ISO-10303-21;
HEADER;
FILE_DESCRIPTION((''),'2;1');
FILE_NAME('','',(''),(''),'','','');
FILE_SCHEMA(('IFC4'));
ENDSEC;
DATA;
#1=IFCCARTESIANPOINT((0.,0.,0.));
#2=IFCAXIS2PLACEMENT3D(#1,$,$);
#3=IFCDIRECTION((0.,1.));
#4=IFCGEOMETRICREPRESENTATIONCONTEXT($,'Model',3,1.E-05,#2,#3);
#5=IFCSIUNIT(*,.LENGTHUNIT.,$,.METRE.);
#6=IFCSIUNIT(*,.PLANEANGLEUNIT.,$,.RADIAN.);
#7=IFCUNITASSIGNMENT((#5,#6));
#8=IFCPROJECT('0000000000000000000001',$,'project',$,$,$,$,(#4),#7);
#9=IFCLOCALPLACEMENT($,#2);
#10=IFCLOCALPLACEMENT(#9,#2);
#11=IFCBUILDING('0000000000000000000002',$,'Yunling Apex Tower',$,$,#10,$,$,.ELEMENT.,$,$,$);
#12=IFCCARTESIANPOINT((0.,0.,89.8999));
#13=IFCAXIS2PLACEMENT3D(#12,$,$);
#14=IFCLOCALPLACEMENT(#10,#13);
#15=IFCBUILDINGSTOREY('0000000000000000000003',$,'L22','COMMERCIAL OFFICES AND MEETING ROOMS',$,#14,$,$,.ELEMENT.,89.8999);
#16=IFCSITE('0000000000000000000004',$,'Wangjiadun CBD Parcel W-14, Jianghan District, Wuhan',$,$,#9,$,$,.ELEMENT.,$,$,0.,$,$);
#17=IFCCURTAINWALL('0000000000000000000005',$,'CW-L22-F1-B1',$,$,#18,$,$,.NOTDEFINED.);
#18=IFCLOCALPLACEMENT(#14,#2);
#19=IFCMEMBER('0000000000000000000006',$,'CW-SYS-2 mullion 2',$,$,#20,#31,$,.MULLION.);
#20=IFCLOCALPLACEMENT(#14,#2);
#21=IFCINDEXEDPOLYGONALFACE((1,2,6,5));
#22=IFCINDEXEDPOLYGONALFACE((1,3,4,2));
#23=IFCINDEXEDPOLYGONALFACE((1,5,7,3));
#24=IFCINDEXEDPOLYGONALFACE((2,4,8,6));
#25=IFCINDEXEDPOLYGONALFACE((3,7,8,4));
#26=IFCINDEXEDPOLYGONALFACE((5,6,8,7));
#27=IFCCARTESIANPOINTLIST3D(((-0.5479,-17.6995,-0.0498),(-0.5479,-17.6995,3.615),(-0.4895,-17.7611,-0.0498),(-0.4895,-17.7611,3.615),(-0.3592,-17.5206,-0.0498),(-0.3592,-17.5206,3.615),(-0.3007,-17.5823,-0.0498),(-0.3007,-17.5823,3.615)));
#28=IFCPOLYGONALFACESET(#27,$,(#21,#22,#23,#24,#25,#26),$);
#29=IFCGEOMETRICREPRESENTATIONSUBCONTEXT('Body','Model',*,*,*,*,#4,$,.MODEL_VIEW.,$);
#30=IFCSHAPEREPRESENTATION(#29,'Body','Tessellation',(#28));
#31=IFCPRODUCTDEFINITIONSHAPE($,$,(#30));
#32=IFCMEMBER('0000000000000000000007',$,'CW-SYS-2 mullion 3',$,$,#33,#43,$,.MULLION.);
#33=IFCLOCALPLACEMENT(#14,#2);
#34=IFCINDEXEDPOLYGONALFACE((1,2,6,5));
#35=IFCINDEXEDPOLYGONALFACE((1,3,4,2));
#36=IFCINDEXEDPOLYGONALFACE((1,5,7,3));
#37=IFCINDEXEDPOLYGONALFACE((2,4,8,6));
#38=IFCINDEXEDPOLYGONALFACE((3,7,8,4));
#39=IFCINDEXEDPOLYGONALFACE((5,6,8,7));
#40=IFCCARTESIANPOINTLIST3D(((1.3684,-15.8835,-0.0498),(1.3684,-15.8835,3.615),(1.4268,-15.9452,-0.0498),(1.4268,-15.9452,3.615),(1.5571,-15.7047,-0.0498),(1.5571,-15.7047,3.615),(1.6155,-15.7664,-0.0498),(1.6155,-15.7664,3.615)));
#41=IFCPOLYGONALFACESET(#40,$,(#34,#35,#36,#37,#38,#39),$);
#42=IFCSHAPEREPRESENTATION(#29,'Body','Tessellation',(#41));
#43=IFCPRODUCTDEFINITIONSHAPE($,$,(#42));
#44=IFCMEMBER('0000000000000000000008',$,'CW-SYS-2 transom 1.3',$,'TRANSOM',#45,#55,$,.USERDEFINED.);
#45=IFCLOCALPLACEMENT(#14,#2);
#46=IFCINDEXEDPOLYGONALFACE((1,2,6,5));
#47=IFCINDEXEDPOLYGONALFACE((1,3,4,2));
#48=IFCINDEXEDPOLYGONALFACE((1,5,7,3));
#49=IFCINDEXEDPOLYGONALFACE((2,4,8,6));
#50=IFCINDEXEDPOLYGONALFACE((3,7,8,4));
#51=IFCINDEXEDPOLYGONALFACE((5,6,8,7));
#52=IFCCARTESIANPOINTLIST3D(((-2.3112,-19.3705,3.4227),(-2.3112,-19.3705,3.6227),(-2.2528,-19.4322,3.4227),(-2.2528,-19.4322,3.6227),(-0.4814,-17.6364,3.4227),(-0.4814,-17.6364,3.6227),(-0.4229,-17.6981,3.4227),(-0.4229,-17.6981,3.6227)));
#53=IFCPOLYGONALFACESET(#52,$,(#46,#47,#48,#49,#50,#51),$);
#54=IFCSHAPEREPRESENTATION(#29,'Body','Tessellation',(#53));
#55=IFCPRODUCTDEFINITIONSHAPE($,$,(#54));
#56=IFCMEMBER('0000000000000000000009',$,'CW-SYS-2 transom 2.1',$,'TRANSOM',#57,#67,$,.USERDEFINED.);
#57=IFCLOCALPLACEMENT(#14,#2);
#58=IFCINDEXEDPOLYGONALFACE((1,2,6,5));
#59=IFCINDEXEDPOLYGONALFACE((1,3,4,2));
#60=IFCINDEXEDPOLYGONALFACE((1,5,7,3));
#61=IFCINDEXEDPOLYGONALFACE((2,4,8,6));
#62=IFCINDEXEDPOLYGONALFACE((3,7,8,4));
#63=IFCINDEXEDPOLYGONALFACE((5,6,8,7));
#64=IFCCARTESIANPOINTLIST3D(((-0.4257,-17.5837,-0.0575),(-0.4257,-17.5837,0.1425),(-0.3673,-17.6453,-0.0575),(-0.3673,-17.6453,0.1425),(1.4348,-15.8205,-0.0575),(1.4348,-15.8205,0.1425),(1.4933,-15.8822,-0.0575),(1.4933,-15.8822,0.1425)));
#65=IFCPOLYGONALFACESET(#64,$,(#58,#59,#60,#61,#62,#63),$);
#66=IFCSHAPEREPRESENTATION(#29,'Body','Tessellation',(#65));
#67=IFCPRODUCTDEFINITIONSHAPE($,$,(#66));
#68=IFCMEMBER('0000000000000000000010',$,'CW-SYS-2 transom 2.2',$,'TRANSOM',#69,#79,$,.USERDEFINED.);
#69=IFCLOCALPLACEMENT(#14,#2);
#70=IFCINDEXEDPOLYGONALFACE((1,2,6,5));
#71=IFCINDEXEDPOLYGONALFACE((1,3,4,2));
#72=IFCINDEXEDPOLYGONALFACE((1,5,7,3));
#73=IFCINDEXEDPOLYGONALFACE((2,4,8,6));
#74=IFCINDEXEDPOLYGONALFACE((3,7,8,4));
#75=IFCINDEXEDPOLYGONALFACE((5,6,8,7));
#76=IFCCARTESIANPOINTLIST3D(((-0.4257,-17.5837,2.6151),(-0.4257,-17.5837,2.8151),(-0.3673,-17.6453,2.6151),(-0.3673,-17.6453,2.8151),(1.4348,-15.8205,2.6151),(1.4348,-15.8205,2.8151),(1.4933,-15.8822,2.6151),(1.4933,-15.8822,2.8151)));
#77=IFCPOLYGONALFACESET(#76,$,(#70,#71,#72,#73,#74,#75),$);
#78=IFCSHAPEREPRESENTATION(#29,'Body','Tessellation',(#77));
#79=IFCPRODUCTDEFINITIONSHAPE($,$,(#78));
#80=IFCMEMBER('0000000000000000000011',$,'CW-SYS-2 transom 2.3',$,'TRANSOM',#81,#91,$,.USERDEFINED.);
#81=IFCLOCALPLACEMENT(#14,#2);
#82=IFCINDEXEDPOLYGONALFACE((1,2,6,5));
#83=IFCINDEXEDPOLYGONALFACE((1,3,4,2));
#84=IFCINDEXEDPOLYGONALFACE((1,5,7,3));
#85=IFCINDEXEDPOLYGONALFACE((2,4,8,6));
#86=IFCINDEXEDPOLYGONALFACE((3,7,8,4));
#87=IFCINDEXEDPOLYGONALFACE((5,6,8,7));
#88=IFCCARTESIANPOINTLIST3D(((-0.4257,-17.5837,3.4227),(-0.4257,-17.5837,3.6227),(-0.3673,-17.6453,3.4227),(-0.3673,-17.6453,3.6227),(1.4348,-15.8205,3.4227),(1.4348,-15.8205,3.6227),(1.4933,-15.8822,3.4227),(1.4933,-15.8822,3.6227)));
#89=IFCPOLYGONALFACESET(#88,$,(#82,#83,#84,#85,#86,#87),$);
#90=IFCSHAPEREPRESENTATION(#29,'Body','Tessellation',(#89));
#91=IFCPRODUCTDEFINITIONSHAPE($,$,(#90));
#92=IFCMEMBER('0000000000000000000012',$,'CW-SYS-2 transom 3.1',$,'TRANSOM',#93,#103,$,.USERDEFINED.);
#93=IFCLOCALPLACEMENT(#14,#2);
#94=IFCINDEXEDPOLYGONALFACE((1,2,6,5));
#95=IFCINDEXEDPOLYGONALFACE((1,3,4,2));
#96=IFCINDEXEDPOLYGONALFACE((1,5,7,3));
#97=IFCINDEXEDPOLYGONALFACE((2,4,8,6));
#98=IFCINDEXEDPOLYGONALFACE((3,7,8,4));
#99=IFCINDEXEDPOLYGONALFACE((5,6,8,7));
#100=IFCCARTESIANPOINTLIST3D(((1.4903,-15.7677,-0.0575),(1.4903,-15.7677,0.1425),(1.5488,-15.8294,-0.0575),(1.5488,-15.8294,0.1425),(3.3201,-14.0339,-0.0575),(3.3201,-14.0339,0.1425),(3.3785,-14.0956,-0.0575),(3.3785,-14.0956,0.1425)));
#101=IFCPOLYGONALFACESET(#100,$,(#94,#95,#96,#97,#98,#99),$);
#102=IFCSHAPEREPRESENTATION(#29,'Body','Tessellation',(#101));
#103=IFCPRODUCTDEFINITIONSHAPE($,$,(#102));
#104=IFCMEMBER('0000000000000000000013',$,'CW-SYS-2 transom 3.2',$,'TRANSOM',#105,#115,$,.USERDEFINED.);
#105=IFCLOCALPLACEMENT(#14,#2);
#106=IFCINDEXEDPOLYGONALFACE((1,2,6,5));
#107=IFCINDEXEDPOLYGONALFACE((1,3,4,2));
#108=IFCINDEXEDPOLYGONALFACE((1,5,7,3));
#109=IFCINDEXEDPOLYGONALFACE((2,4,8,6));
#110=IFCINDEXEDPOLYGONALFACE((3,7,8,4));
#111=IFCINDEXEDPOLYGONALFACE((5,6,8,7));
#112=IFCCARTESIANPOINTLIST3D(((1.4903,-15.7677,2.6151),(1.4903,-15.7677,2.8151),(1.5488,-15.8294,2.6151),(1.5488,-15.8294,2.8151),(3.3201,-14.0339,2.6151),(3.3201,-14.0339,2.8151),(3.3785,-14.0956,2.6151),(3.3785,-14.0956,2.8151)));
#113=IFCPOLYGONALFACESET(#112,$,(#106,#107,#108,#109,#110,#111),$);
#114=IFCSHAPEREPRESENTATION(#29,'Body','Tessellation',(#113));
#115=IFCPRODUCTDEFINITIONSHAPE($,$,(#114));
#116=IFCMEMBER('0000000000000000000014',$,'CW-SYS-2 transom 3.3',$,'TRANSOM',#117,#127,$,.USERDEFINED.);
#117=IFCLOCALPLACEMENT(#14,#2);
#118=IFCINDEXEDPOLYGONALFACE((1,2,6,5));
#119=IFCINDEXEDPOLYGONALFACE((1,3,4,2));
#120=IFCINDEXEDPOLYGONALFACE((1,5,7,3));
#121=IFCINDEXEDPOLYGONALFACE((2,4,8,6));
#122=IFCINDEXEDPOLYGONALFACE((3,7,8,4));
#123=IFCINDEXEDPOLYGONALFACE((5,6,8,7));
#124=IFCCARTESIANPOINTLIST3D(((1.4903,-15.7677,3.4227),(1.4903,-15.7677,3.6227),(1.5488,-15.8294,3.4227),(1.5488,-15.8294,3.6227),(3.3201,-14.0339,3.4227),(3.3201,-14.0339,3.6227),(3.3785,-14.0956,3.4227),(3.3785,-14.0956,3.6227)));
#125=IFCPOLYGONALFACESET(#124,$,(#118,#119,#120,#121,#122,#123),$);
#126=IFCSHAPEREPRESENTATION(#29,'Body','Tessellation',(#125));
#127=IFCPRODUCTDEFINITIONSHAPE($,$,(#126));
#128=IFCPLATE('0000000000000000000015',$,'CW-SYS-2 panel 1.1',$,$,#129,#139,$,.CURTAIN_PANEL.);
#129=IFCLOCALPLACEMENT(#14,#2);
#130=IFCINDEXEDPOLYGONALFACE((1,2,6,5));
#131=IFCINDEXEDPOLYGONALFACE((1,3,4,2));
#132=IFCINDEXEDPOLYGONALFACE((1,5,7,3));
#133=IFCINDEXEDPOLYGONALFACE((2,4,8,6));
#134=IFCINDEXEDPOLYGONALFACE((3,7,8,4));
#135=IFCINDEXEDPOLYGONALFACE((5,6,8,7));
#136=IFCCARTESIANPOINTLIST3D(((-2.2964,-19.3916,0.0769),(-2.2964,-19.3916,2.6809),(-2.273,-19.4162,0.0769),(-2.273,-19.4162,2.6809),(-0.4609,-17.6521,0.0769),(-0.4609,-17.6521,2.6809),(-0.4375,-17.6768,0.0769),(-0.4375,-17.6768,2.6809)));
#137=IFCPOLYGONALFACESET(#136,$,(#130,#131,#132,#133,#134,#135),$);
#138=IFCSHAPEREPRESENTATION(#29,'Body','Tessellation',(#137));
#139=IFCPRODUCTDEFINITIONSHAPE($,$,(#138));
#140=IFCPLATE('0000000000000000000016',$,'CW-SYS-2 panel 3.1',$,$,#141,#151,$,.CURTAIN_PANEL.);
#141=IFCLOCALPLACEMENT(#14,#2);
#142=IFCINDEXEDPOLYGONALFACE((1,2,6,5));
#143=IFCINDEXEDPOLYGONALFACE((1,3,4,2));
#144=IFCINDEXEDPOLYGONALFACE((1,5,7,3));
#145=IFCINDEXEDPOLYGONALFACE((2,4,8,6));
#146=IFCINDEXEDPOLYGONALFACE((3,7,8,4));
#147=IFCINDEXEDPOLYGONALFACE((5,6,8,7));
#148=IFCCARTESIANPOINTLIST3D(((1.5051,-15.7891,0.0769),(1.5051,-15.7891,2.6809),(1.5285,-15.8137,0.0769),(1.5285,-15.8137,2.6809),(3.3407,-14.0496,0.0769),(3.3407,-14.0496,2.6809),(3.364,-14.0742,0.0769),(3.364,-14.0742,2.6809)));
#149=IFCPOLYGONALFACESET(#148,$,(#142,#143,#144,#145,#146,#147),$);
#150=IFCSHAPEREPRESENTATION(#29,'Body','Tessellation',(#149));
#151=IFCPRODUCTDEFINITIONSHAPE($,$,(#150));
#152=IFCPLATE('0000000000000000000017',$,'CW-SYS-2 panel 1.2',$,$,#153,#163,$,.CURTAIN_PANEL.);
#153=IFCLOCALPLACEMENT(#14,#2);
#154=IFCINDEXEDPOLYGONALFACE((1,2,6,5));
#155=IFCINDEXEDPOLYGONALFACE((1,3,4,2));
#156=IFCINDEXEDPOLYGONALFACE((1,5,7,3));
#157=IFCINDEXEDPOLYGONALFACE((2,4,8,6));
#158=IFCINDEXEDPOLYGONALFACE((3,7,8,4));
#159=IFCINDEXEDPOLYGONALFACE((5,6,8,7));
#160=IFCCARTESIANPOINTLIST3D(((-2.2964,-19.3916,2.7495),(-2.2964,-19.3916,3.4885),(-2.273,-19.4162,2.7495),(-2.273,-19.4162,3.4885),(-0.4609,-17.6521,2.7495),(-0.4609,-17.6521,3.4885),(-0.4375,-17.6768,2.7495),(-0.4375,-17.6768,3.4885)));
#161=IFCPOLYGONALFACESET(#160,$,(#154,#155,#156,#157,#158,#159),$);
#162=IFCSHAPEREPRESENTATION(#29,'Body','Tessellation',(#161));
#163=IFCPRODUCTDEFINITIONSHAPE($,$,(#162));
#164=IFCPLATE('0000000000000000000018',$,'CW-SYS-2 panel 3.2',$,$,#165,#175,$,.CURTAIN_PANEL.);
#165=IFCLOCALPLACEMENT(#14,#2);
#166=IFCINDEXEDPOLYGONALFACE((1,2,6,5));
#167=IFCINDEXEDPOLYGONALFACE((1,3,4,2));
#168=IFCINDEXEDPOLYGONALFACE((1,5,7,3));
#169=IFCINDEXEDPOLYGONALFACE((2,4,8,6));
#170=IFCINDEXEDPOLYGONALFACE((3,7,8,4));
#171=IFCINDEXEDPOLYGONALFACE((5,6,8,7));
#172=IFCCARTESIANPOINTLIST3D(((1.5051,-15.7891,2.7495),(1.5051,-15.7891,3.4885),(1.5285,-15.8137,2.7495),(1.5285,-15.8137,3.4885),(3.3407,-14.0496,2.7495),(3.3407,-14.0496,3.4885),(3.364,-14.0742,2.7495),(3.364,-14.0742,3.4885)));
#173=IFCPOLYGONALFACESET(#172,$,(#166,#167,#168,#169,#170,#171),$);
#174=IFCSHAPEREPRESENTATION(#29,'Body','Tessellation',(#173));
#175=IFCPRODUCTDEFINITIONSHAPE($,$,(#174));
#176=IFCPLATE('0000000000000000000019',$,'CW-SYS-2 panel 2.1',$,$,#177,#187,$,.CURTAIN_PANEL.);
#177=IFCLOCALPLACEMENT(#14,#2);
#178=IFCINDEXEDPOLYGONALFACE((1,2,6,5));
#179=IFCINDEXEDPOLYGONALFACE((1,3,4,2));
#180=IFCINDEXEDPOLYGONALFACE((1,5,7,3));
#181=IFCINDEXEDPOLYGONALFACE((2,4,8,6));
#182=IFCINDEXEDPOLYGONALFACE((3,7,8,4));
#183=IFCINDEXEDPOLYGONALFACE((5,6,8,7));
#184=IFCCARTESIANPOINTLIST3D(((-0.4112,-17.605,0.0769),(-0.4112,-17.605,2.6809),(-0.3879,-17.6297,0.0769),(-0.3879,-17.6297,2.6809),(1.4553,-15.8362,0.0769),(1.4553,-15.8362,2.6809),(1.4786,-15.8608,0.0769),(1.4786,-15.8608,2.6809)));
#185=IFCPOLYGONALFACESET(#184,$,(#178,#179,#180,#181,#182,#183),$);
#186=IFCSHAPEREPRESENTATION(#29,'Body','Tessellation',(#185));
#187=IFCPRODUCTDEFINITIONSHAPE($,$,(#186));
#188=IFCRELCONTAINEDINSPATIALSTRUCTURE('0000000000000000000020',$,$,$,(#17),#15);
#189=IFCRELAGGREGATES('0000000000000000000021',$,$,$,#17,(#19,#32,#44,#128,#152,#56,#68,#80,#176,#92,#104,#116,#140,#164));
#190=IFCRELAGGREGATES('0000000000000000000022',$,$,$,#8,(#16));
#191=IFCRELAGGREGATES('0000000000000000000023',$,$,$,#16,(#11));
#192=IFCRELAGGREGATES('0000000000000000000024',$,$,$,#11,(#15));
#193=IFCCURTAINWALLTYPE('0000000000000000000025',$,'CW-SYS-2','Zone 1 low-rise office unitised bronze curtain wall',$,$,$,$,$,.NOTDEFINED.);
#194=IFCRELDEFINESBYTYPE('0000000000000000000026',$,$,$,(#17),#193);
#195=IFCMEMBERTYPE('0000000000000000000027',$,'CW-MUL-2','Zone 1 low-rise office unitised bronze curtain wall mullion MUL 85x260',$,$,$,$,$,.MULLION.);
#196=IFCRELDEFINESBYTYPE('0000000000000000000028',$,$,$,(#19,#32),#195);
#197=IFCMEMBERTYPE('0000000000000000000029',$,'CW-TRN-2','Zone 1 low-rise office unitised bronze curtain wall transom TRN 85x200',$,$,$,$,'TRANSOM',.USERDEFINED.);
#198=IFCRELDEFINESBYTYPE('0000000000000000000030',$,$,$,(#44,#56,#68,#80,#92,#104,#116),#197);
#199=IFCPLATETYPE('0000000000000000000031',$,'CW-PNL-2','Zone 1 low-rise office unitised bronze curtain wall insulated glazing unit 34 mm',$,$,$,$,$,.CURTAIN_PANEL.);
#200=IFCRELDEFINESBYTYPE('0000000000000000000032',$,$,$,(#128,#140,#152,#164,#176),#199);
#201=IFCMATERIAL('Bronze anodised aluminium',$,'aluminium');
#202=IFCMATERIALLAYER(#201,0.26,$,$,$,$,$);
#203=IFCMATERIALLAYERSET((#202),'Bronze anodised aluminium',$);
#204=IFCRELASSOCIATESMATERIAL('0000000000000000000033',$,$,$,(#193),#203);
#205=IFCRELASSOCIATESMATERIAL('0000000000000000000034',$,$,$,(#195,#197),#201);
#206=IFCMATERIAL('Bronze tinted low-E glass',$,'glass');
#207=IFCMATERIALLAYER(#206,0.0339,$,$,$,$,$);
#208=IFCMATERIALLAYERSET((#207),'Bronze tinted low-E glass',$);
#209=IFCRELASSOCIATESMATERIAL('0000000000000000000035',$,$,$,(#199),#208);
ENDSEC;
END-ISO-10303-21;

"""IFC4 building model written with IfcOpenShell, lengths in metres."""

from ifc_helpers import new_model, si_unit, direction, frame, origin, origin_2d, place, context, subcontext, project, spatial, rectangle, extrude, source, transform, mapped, material, layer, layer_set, material_profile, profile_set, type_object, element, aggregate, save


model = new_model("IFC4")

# Units and contexts
model_context = context("Model", 3, precision=1e-05, world=origin(), true_north=direction((0.0, 1.0)))
body_context = subcontext(model_context, "Body", "Model", "MODEL_VIEW")
ifc_project = project(units=[si_unit("LENGTHUNIT", "METRE"), si_unit("PLANEANGLEUNIT", "RADIAN")], contexts=[model_context])

# Site, building, storey
site_placement = place(None, origin())
site = spatial("IfcSite", under=ifc_project, at=site_placement, Name="Wangjiadun CBD Parcel W-14, Jianghan District, Wuhan", CompositionType="ELEMENT", RefElevation=0.0)
building_placement = place(site_placement, origin())
building = spatial("IfcBuilding", under=site, at=building_placement, Name="Yunling Apex Tower", CompositionType="ELEMENT")
storey_placement = place(building_placement, frame((0.0, 0.0, 89.8999)))
storey = spatial("IfcBuildingStorey", under=building, at=storey_placement, Name="L22", Description="COMMERCIAL OFFICES AND MEETING ROOMS", CompositionType="ELEMENT", Elevation=89.8999)

# Curtain wall, members, plates
ifc_material_1 = material(Name="Bronze anodised aluminium", Category="aluminium")
ifc_layer_1 = layer(ifc_material_1, 0.26)
ifc_layer_set_1 = layer_set([ifc_layer_1], Name="Bronze anodised aluminium")
curtain_wall_type = type_object("IfcCurtainWallType", Name="CW-SYS-2", Description="Zone 1 low-rise office unitised bronze curtain wall", PredefinedType="NOTDEFINED", material=ifc_layer_set_1)
curtain_wall_placement = place(storey_placement, origin())
curtain_wall = element("IfcCurtainWall", 1, at=curtain_wall_placement, inside=storey, type_object=curtain_wall_type, Name="CW-L22-F1-B1", PredefinedType="NOTDEFINED")
ifc_material_profile_1 = material_profile(ifc_material_1, rectangle(XDim=0.085, YDim=0.26, at=origin_2d()))
ifc_profile_set_1 = profile_set([ifc_material_profile_1], Name="Bronze anodised aluminium")
member_type_1 = type_object("IfcMemberType", Name="CW-MUL-2", Description="Zone 1 low-rise office unitised bronze curtain wall mullion MUL 85x260", PredefinedType="MULLION", material=ifc_profile_set_1)
shared_shape_1 = source(origin(), body_context, "Body", "SweptSolid", [
    extrude(rectangle(XDim=0.085, YDim=0.26, at=origin_2d()), origin(), (0.0, 0.0, 1.0), 3.6648),
])
member_1_placement = place(storey_placement, frame((-0.4243, -17.6409, -0.0498), z_axis=(0.0, 0.0, 1.0), x_axis=(-0.687861, 0.725842, 0.0)))
member_1 = element("IfcMember", 2, at=member_1_placement, type_object=member_type_1, Name="CW-SYS-2 mullion 2", PredefinedType="MULLION", context=body_context, shape_type="MappedRepresentation", body=[
    mapped(shared_shape_1, transform((0.0, 0.0, 0.0), scale=1.0)),
])
member_2_placement = place(storey_placement, frame((1.4919, -15.825, -0.0498), z_axis=(0.0, 0.0, 1.0), x_axis=(-0.687861, 0.725842, 0.0)))
member_2 = element("IfcMember", 3, at=member_2_placement, type_object=member_type_1, Name="CW-SYS-2 mullion 3", PredefinedType="MULLION", context=body_context, shape_type="MappedRepresentation", body=[
    mapped(shared_shape_1, transform((0.0, 0.0, 0.0), scale=1.0)),
])
ifc_material_profile_2 = material_profile(ifc_material_1, rectangle(XDim=0.085, YDim=0.2, at=origin_2d()))
ifc_profile_set_2 = profile_set([ifc_material_profile_2], Name="Bronze anodised aluminium")
member_type_2 = type_object("IfcMemberType", Name="CW-TRN-2", Description="Zone 1 low-rise office unitised bronze curtain wall transom TRN 85x200", ElementType="TRANSOM", PredefinedType="USERDEFINED", material=ifc_profile_set_2)
shared_shape_2 = source(origin(), body_context, "Body", "SweptSolid", [
    extrude(rectangle(XDim=0.085, YDim=0.2, at=origin_2d()), origin(), (0.0, 0.0, 1.0), 2.521),
])
member_3_placement = place(storey_placement, frame((-2.282, -19.4014, 3.5227), z_axis=(0.725833, 0.687871, 0.0), x_axis=(-0.687871, 0.725833, 0.0)))
member_3 = element("IfcMember", 4, at=member_3_placement, type_object=member_type_2, Name="CW-SYS-2 transom 1.3", ObjectType="TRANSOM", PredefinedType="USERDEFINED", context=body_context, shape_type="MappedRepresentation", body=[
    mapped(shared_shape_2, transform((0.0, 0.0, 0.0), scale=1.0)),
])
shared_shape_3 = source(origin(), body_context, "Body", "SweptSolid", [
    extrude(rectangle(XDim=0.085, YDim=0.2, at=origin_2d()), origin(), (0.0, 0.0, 1.0), 2.5632),
])
member_4_placement = place(storey_placement, frame((-0.3965, -17.6145, 0.0425), z_axis=(0.725853, 0.68785, 0.0), x_axis=(-0.68785, 0.725853, 0.0)))
member_4 = element("IfcMember", 5, at=member_4_placement, type_object=member_type_2, Name="CW-SYS-2 transom 2.1", ObjectType="TRANSOM", PredefinedType="USERDEFINED", context=body_context, shape_type="MappedRepresentation", body=[
    mapped(shared_shape_3, transform((0.0, 0.0, 0.0), scale=1.0)),
])
member_5_placement = place(storey_placement, frame((-0.3965, -17.6145, 2.7151), z_axis=(0.725853, 0.68785, 0.0), x_axis=(-0.68785, 0.725853, 0.0)))
member_5 = element("IfcMember", 6, at=member_5_placement, type_object=member_type_2, Name="CW-SYS-2 transom 2.2", ObjectType="TRANSOM", PredefinedType="USERDEFINED", context=body_context, shape_type="MappedRepresentation", body=[
    mapped(shared_shape_3, transform((0.0, 0.0, 0.0), scale=1.0)),
])
member_6_placement = place(storey_placement, frame((-0.3965, -17.6145, 3.5227), z_axis=(0.725853, 0.68785, 0.0), x_axis=(-0.68785, 0.725853, 0.0)))
member_6 = element("IfcMember", 7, at=member_6_placement, type_object=member_type_2, Name="CW-SYS-2 transom 2.3", ObjectType="TRANSOM", PredefinedType="USERDEFINED", context=body_context, shape_type="MappedRepresentation", body=[
    mapped(shared_shape_3, transform((0.0, 0.0, 0.0), scale=1.0)),
])
shared_shape_4 = source(origin(), body_context, "Body", "SweptSolid", [
    extrude(rectangle(XDim=0.085, YDim=0.2, at=origin_2d()), origin(), (0.0, 0.0, 1.0), 2.5208),
])
member_7_placement = place(storey_placement, frame((1.5195, -15.7986, 0.0425), z_axis=(0.725881, 0.68782, 0.0), x_axis=(-0.68782, 0.725881, 0.0)))
member_7 = element("IfcMember", 8, at=member_7_placement, type_object=member_type_2, Name="CW-SYS-2 transom 3.1", ObjectType="TRANSOM", PredefinedType="USERDEFINED", context=body_context, shape_type="MappedRepresentation", body=[
    mapped(shared_shape_4, transform((0.0, 0.0, 0.0), scale=1.0)),
])
member_8_placement = place(storey_placement, frame((1.5195, -15.7986, 2.7151), z_axis=(0.725881, 0.68782, 0.0), x_axis=(-0.68782, 0.725881, 0.0)))
member_8 = element("IfcMember", 9, at=member_8_placement, type_object=member_type_2, Name="CW-SYS-2 transom 3.2", ObjectType="TRANSOM", PredefinedType="USERDEFINED", context=body_context, shape_type="MappedRepresentation", body=[
    mapped(shared_shape_4, transform((0.0, 0.0, 0.0), scale=1.0)),
])
member_9_placement = place(storey_placement, frame((1.5195, -15.7986, 3.5227), z_axis=(0.725881, 0.68782, 0.0), x_axis=(-0.68782, 0.725881, 0.0)))
member_9 = element("IfcMember", 10, at=member_9_placement, type_object=member_type_2, Name="CW-SYS-2 transom 3.3", ObjectType="TRANSOM", PredefinedType="USERDEFINED", context=body_context, shape_type="MappedRepresentation", body=[
    mapped(shared_shape_4, transform((0.0, 0.0, 0.0), scale=1.0)),
])
ifc_material_2 = material(Name="Bronze tinted low-E glass", Category="glass")
ifc_layer_2 = layer(ifc_material_2, 0.0339)
ifc_layer_set_2 = layer_set([ifc_layer_2], Name="Bronze tinted low-E glass")
plate_type = type_object("IfcPlateType", Name="CW-PNL-2", Description="Zone 1 low-rise office unitised bronze curtain wall insulated glazing unit 34 mm", PredefinedType="CURTAIN_PANEL", material=ifc_layer_set_2)
shared_shape_5 = source(origin(), body_context, "Body", "SweptSolid", [
    extrude(rectangle(XDim=2.5288, YDim=0.0339, at=origin_2d()), origin(), (0.0, 0.0, 1.0), 2.604),
])
plate_1_placement = place(storey_placement, frame((-1.3669, -18.5342, 0.0769), z_axis=(0.0, 0.0, 1.0), x_axis=(0.725842, 0.687861, 0.0)))
plate_1 = element("IfcPlate", 11, at=plate_1_placement, type_object=plate_type, Name="CW-SYS-2 panel 1.1", PredefinedType="CURTAIN_PANEL", context=body_context, shape_type="MappedRepresentation", body=[
    mapped(shared_shape_5, transform((0.0, 0.0, 0.0), scale=1.0)),
])
plate_2_placement = place(storey_placement, frame((2.4346, -14.9316, 0.0769), z_axis=(0.0, 0.0, 1.0), x_axis=(0.725842, 0.687861, 0.0)))
plate_2 = element("IfcPlate", 12, at=plate_2_placement, type_object=plate_type, Name="CW-SYS-2 panel 3.1", PredefinedType="CURTAIN_PANEL", context=body_context, shape_type="MappedRepresentation", body=[
    mapped(shared_shape_5, transform((0.0, 0.0, 0.0), scale=1.0)),
])
shared_shape_6 = source(origin(), body_context, "Body", "SweptSolid", [
    extrude(rectangle(XDim=2.5288, YDim=0.0339, at=origin_2d()), origin(), (0.0, 0.0, 1.0), 0.739),
])
plate_3_placement = place(storey_placement, frame((-1.3669, -18.5342, 2.7495), z_axis=(0.0, 0.0, 1.0), x_axis=(0.725842, 0.687861, 0.0)))
plate_3 = element("IfcPlate", 13, at=plate_3_placement, type_object=plate_type, Name="CW-SYS-2 panel 1.2", PredefinedType="CURTAIN_PANEL", context=body_context, shape_type="MappedRepresentation", body=[
    mapped(shared_shape_6, transform((0.0, 0.0, 0.0), scale=1.0)),
])
plate_4_placement = place(storey_placement, frame((2.4346, -14.9316, 2.7495), z_axis=(0.0, 0.0, 1.0), x_axis=(0.725842, 0.687861, 0.0)))
plate_4 = element("IfcPlate", 14, at=plate_4_placement, type_object=plate_type, Name="CW-SYS-2 panel 3.2", PredefinedType="CURTAIN_PANEL", context=body_context, shape_type="MappedRepresentation", body=[
    mapped(shared_shape_6, transform((0.0, 0.0, 0.0), scale=1.0)),
])
shared_shape_7 = source(origin(), body_context, "Body", "SweptSolid", [
    extrude(rectangle(XDim=2.5715, YDim=0.0339, at=origin_2d()), origin(), (0.0, 0.0, 1.0), 2.604),
])
plate_5_placement = place(storey_placement, frame((0.5337, -16.7329, 0.0769), z_axis=(0.0, 0.0, 1.0), x_axis=(0.725842, 0.687861, 0.0)))
plate_5 = element("IfcPlate", 15, at=plate_5_placement, type_object=plate_type, Name="CW-SYS-2 panel 2.1", PredefinedType="CURTAIN_PANEL", context=body_context, shape_type="MappedRepresentation", body=[
    mapped(shared_shape_7, transform((0.0, 0.0, 0.0), scale=1.0)),
])
aggregate(curtain_wall, [member_1, member_2, member_3, plate_1, plate_3, member_4, member_5, member_6, plate_5, member_7, member_8, member_9, plate_2, plate_4])

save(model, "model.ifc")
